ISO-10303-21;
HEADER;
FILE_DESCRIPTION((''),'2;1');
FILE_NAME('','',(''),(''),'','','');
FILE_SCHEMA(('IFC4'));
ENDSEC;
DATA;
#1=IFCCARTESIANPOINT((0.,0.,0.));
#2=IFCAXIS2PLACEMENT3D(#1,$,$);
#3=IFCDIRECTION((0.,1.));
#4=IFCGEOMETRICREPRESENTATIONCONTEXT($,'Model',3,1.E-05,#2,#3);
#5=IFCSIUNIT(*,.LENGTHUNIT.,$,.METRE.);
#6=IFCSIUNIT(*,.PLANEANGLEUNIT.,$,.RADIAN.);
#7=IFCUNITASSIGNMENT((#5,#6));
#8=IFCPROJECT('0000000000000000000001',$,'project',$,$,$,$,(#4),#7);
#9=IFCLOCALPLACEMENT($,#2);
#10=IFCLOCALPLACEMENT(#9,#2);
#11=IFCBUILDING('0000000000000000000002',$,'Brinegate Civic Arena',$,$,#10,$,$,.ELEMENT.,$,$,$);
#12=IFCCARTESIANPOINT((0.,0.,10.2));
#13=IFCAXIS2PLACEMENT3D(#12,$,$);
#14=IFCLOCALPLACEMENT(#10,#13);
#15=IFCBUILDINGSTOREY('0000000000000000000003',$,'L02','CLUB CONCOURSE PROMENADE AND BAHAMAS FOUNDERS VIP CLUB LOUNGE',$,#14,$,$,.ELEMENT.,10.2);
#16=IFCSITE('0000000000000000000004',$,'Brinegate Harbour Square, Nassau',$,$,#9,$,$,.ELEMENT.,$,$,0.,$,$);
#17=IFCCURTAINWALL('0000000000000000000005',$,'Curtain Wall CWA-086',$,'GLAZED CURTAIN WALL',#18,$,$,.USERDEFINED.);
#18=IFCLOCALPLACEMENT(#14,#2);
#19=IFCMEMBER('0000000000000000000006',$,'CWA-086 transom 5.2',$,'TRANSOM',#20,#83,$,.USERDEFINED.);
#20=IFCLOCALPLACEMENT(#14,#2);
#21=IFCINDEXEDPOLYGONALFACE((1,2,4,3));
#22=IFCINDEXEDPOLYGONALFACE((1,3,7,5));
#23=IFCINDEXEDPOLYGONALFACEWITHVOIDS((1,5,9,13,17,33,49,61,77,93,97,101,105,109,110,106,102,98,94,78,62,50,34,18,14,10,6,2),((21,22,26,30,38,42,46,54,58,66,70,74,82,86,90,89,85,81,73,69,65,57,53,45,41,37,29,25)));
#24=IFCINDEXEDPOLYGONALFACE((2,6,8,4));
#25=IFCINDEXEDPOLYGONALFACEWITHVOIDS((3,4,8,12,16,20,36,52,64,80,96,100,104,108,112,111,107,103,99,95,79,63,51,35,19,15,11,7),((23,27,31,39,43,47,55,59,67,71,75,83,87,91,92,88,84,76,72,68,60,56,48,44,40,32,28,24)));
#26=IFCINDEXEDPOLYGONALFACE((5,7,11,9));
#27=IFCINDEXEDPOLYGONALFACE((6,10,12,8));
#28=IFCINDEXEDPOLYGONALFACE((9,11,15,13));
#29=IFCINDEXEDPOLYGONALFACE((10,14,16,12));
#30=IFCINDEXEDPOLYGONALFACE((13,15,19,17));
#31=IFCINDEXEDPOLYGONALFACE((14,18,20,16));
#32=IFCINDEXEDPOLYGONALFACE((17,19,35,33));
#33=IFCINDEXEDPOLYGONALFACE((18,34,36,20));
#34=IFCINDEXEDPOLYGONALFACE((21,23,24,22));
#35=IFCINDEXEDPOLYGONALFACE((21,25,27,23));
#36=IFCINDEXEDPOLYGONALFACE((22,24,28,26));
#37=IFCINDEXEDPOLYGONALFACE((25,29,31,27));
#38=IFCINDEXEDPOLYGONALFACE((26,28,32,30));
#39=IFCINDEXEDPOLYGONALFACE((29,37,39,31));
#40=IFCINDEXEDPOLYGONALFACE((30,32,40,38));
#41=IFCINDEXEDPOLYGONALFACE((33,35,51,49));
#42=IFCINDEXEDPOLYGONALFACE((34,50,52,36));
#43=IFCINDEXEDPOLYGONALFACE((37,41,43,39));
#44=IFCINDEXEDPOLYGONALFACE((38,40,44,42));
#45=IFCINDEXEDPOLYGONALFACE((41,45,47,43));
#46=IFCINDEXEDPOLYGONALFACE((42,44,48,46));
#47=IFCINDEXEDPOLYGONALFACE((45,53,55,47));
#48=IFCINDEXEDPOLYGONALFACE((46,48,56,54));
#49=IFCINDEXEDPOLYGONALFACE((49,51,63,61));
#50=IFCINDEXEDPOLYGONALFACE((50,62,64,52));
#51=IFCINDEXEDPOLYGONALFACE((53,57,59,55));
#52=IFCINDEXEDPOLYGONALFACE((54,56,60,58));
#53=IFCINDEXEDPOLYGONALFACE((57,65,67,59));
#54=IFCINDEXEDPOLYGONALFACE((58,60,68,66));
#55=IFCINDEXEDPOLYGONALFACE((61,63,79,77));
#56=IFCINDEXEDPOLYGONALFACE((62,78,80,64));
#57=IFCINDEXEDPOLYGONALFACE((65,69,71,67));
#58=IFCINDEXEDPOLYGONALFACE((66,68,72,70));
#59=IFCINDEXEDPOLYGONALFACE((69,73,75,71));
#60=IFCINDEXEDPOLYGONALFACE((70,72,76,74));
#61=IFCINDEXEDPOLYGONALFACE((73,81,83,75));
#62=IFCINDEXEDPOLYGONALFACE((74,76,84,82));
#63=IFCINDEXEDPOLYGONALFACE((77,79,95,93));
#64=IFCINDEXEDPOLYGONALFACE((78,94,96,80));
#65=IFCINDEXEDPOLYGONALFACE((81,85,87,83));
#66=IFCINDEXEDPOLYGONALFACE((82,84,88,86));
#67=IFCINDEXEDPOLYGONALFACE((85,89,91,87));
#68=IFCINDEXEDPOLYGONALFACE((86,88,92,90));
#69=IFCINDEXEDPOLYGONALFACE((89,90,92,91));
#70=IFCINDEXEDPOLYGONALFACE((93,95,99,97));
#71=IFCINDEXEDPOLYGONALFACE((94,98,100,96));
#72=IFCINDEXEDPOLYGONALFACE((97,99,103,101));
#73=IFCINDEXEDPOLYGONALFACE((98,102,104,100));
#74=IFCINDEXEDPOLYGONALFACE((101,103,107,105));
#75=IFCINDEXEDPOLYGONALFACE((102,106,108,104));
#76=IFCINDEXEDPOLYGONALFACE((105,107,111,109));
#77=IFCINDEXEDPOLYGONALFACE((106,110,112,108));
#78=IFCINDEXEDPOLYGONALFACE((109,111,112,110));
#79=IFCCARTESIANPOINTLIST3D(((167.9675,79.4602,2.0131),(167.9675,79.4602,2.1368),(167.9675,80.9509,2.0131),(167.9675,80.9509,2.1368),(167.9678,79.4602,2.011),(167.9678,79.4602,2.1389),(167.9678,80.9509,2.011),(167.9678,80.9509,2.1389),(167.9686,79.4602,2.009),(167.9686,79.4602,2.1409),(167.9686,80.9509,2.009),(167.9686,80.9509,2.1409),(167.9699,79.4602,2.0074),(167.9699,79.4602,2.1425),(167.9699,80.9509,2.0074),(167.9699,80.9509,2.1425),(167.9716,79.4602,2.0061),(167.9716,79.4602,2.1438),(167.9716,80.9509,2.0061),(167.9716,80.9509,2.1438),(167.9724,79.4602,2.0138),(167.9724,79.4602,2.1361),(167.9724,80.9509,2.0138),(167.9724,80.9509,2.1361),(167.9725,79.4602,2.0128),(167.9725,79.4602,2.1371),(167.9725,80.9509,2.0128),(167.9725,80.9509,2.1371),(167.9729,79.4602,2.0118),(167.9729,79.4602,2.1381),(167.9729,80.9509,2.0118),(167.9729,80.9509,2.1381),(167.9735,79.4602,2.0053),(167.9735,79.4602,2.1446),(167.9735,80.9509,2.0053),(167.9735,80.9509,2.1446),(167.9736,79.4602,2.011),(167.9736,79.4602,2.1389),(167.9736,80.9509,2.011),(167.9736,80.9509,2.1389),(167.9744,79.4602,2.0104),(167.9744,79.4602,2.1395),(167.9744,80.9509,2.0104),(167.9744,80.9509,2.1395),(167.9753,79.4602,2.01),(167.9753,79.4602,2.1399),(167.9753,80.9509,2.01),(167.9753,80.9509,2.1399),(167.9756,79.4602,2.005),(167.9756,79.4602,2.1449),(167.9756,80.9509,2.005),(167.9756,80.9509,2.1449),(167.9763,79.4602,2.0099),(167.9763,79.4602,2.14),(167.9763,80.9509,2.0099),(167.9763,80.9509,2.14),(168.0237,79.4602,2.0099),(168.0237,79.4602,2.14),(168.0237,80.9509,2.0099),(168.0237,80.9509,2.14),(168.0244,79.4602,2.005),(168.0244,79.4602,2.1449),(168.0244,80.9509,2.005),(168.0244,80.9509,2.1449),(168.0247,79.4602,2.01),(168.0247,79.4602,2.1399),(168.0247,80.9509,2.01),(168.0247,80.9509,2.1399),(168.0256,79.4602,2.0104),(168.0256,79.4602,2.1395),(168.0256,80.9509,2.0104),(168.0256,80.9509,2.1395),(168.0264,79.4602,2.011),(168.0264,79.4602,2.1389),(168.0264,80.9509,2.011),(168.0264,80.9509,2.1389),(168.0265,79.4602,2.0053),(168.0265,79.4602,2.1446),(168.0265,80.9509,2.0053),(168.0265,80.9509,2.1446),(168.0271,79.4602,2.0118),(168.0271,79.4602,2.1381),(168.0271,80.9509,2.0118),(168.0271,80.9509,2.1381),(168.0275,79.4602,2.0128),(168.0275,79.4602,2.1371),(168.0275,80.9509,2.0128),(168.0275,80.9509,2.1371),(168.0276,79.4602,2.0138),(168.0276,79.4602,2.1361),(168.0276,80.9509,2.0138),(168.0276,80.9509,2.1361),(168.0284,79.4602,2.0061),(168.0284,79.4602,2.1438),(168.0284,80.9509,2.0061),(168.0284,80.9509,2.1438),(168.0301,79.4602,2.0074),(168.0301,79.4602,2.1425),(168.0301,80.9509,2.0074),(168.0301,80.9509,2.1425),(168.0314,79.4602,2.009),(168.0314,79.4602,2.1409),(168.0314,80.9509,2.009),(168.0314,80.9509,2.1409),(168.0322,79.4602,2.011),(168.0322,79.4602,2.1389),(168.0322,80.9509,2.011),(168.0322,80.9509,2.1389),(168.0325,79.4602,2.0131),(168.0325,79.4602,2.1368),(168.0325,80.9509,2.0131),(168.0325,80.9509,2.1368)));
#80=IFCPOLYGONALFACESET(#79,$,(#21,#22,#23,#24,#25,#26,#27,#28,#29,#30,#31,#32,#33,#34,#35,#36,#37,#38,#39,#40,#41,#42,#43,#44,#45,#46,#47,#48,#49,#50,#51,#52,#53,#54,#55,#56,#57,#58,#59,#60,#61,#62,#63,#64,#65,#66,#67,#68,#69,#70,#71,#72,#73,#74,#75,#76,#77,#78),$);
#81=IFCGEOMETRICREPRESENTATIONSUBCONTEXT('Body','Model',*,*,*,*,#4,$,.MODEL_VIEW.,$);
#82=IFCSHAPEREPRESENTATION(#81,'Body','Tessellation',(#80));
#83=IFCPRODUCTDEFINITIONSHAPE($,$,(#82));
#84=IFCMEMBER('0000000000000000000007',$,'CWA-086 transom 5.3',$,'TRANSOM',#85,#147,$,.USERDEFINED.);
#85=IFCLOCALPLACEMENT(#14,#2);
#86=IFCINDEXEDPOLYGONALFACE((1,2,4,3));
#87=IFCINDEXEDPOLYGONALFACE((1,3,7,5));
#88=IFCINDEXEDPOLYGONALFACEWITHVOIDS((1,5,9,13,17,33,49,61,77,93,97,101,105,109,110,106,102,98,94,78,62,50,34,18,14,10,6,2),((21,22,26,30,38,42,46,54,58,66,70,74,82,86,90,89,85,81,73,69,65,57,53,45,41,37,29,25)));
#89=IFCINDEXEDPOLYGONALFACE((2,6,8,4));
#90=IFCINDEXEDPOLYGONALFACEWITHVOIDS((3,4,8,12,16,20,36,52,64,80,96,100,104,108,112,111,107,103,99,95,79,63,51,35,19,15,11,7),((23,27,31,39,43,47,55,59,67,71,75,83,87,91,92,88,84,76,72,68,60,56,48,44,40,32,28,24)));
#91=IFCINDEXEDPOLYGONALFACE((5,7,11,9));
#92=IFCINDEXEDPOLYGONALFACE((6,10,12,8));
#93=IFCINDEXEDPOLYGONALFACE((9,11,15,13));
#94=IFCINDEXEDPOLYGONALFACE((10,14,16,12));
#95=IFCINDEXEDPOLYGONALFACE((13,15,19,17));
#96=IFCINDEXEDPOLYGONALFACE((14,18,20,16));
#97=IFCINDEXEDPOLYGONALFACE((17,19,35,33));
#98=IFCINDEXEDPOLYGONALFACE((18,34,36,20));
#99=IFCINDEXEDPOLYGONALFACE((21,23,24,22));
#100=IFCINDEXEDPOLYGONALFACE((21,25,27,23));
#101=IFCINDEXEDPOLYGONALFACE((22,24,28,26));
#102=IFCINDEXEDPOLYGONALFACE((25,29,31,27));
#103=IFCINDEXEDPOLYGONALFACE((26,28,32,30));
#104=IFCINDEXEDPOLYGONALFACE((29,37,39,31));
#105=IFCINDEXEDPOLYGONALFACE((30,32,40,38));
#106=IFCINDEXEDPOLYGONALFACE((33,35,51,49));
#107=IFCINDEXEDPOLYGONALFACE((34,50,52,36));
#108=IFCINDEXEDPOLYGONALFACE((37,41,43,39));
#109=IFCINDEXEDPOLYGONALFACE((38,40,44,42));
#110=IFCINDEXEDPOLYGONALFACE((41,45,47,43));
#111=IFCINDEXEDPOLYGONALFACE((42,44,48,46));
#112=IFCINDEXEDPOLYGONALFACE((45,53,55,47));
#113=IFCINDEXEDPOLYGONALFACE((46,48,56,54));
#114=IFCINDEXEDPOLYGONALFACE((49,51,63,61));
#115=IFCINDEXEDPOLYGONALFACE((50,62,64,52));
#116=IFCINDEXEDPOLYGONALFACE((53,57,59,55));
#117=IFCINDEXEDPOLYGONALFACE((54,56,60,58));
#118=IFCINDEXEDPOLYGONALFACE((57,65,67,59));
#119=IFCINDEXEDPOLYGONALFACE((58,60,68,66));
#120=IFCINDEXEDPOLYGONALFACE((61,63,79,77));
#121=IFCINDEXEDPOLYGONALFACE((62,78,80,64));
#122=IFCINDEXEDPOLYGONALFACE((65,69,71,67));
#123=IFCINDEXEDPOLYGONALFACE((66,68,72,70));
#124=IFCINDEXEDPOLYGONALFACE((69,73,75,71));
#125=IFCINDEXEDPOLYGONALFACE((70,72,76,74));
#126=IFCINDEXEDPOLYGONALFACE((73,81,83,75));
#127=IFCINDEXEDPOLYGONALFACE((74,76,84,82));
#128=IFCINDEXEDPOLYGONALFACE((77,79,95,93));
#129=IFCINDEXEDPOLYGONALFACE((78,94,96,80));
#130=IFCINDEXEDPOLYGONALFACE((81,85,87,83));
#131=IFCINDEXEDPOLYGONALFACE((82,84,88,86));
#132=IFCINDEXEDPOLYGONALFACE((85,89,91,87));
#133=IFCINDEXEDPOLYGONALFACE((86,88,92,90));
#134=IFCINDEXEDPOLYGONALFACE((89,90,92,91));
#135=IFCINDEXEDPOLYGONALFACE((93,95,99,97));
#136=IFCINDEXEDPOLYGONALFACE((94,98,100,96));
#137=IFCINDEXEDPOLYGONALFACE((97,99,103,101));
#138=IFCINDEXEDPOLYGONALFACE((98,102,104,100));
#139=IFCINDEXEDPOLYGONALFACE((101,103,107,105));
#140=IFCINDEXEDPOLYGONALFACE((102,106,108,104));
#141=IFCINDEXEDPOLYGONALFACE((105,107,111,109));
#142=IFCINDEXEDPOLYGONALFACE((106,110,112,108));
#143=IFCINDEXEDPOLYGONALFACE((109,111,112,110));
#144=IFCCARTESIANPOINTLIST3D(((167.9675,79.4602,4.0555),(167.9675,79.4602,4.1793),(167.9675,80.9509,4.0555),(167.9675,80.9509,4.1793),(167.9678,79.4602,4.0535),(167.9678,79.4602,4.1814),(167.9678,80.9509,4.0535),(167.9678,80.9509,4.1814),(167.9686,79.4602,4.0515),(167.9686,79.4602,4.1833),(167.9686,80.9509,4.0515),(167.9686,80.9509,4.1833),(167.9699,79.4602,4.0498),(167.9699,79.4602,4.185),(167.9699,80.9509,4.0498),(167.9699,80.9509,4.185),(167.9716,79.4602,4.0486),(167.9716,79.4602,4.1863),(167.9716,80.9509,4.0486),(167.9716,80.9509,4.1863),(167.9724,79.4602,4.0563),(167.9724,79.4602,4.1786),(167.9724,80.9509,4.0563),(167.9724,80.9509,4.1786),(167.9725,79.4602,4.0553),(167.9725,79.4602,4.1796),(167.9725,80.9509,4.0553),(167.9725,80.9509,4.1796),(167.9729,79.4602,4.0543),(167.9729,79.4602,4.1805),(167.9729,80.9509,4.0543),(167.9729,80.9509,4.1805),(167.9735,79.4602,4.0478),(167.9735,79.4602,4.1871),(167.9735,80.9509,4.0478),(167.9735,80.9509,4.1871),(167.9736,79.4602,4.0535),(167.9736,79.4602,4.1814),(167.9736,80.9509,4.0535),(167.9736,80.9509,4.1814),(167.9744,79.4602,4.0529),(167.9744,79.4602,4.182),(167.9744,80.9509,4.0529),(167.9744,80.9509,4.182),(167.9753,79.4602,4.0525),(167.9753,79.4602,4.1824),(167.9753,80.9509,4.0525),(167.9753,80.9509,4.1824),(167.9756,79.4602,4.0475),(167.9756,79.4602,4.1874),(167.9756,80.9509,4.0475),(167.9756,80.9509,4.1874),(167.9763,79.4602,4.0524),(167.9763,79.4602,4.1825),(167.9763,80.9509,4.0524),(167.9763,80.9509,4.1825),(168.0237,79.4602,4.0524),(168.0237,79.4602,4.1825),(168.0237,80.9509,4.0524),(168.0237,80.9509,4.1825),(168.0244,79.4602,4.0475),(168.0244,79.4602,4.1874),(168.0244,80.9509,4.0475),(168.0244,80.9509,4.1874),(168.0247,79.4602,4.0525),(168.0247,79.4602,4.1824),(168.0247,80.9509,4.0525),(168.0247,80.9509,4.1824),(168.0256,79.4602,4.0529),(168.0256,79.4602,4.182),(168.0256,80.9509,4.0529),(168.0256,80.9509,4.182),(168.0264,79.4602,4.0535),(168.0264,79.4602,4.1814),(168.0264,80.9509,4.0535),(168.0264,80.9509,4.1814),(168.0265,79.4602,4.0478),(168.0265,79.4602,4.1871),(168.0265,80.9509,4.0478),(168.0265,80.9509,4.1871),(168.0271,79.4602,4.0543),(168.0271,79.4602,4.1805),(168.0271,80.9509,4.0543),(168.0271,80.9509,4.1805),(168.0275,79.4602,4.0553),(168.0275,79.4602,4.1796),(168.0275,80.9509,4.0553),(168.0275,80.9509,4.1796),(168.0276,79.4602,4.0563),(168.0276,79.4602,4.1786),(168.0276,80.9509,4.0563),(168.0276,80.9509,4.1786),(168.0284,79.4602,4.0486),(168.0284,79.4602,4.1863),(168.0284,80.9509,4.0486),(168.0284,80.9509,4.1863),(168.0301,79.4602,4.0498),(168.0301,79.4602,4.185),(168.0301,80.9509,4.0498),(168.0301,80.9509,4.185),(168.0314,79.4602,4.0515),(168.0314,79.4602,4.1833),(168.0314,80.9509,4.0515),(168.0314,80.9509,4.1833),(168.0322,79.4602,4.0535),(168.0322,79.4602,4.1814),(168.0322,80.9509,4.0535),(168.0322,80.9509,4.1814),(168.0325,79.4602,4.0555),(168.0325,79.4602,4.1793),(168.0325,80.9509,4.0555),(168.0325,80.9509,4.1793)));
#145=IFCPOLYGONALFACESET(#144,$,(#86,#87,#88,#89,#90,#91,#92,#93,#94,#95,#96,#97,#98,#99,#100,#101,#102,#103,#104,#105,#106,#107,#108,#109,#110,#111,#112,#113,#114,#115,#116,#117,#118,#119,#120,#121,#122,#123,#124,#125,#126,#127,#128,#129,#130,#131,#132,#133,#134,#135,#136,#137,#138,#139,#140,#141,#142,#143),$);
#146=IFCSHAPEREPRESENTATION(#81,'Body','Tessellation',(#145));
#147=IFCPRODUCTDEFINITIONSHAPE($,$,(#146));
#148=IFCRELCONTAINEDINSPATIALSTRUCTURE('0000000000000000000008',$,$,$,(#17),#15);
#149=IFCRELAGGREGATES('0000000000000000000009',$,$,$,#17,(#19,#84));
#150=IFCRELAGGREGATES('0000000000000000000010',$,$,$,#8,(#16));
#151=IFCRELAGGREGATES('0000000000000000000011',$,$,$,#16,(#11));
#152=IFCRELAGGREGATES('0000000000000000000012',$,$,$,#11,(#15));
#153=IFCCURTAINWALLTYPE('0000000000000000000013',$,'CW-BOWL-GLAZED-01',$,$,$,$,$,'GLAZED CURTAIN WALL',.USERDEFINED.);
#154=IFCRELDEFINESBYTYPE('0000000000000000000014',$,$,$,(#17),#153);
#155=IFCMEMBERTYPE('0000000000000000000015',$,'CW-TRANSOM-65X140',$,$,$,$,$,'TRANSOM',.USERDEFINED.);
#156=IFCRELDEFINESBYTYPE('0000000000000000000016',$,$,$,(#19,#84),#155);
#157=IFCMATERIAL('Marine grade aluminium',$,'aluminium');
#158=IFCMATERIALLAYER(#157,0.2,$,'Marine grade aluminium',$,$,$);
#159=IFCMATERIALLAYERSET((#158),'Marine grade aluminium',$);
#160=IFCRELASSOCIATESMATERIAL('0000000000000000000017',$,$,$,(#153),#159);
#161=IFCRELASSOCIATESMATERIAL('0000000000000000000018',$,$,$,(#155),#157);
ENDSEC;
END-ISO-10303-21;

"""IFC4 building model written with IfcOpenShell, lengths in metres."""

from ifc_helpers import new_model, si_unit, direction, frame, origin, origin_2d, place, context, subcontext, project, spatial, hollow_rectangle, extrude, material, layer, layer_set, material_profile, profile_set, type_object, element, aggregate, save


model = new_model("IFC4")

# Units and contexts
model_context = context("Model", 3, precision=1e-05, world=origin(), true_north=direction((0.0, 1.0)))
body_context = subcontext(model_context, "Body", "Model", "MODEL_VIEW")
ifc_project = project(units=[si_unit("LENGTHUNIT", "METRE"), si_unit("PLANEANGLEUNIT", "RADIAN")], contexts=[model_context])

# Site, building, storey
site_placement = place(None, origin())
site = spatial("IfcSite", under=ifc_project, at=site_placement, Name="Brinegate Harbour Square, Nassau", CompositionType="ELEMENT", RefElevation=0.0)
building_placement = place(site_placement, origin())
building = spatial("IfcBuilding", under=site, at=building_placement, Name="Brinegate Civic Arena", CompositionType="ELEMENT")
storey_placement = place(building_placement, frame((0.0, 0.0, 10.2)))
storey = spatial("IfcBuildingStorey", under=building, at=storey_placement, Name="L02", Description="CLUB CONCOURSE PROMENADE AND BAHAMAS FOUNDERS VIP CLUB LOUNGE", CompositionType="ELEMENT", Elevation=10.2)

# Shared definitions
ifc_material_1 = material(Name="Marine grade aluminium", Category="aluminium")
ifc_layer_1 = layer(ifc_material_1, 0.2, Name="Marine grade aluminium")
ifc_layer_set_1 = layer_set([ifc_layer_1], Name="Marine grade aluminium")
curtain_wall_type = type_object("IfcCurtainWallType", Name="CW-BOWL-GLAZED-01", ElementType="GLAZED CURTAIN WALL", PredefinedType="USERDEFINED", material=ifc_layer_set_1)

# Curtain wall, members
curtain_wall_1_placement = place(storey_placement, origin())
curtain_wall_1 = element("IfcCurtainWall", 1, at=curtain_wall_1_placement, inside=storey, type_object=curtain_wall_type, Name="Curtain Wall CWA-086", ObjectType="GLAZED CURTAIN WALL", PredefinedType="USERDEFINED")
ifc_material_profile_1 = material_profile(ifc_material_1, hollow_rectangle(XDim=0.0649, YDim=0.1399, WallThickness=0.0049, InnerFilletRadius=0.0039, OuterFilletRadius=0.0081, at=origin_2d()), Name="TRN65X140")
ifc_profile_set_1 = profile_set([ifc_material_profile_1], Name="Marine grade aluminium")
member_type_1 = type_object("IfcMemberType", Name="CW-TRANSOM-65X140", ElementType="TRANSOM", PredefinedType="USERDEFINED", material=ifc_profile_set_1)
member_1_placement = place(storey_placement, frame((168.0, 79.4602, 2.075), z_axis=(0.0, 1.0, 0.0), x_axis=(-1.0, 0.0, 0.0)))
member_1 = element("IfcMember", 2, at=member_1_placement, type_object=member_type_1, Name="CWA-086 transom 5.2", ObjectType="TRANSOM", PredefinedType="USERDEFINED", context=body_context, shape_type="SweptSolid", body=[
    extrude(hollow_rectangle(XDim=0.0649, YDim=0.1399, WallThickness=0.0049, InnerFilletRadius=0.0039, OuterFilletRadius=0.0081, at=origin_2d()), origin(), (0.0, 0.0, 1.0), 1.4907),
])
member_2_placement = place(storey_placement, frame((168.0, 79.4602, 4.1174), z_axis=(0.0, 1.0, 0.0), x_axis=(-1.0, 0.0, 0.0)))
member_2 = element("IfcMember", 3, at=member_2_placement, type_object=member_type_1, Name="CWA-086 transom 5.3", ObjectType="TRANSOM", PredefinedType="USERDEFINED", context=body_context, shape_type="SweptSolid", body=[
    extrude(hollow_rectangle(XDim=0.0649, YDim=0.1399, WallThickness=0.0049, InnerFilletRadius=0.0039, OuterFilletRadius=0.0081, at=origin_2d()), origin(), (0.0, 0.0, 1.0), 1.4907),
])

aggregate(curtain_wall_1, [member_1, member_2])

save(model, "model.ifc")
